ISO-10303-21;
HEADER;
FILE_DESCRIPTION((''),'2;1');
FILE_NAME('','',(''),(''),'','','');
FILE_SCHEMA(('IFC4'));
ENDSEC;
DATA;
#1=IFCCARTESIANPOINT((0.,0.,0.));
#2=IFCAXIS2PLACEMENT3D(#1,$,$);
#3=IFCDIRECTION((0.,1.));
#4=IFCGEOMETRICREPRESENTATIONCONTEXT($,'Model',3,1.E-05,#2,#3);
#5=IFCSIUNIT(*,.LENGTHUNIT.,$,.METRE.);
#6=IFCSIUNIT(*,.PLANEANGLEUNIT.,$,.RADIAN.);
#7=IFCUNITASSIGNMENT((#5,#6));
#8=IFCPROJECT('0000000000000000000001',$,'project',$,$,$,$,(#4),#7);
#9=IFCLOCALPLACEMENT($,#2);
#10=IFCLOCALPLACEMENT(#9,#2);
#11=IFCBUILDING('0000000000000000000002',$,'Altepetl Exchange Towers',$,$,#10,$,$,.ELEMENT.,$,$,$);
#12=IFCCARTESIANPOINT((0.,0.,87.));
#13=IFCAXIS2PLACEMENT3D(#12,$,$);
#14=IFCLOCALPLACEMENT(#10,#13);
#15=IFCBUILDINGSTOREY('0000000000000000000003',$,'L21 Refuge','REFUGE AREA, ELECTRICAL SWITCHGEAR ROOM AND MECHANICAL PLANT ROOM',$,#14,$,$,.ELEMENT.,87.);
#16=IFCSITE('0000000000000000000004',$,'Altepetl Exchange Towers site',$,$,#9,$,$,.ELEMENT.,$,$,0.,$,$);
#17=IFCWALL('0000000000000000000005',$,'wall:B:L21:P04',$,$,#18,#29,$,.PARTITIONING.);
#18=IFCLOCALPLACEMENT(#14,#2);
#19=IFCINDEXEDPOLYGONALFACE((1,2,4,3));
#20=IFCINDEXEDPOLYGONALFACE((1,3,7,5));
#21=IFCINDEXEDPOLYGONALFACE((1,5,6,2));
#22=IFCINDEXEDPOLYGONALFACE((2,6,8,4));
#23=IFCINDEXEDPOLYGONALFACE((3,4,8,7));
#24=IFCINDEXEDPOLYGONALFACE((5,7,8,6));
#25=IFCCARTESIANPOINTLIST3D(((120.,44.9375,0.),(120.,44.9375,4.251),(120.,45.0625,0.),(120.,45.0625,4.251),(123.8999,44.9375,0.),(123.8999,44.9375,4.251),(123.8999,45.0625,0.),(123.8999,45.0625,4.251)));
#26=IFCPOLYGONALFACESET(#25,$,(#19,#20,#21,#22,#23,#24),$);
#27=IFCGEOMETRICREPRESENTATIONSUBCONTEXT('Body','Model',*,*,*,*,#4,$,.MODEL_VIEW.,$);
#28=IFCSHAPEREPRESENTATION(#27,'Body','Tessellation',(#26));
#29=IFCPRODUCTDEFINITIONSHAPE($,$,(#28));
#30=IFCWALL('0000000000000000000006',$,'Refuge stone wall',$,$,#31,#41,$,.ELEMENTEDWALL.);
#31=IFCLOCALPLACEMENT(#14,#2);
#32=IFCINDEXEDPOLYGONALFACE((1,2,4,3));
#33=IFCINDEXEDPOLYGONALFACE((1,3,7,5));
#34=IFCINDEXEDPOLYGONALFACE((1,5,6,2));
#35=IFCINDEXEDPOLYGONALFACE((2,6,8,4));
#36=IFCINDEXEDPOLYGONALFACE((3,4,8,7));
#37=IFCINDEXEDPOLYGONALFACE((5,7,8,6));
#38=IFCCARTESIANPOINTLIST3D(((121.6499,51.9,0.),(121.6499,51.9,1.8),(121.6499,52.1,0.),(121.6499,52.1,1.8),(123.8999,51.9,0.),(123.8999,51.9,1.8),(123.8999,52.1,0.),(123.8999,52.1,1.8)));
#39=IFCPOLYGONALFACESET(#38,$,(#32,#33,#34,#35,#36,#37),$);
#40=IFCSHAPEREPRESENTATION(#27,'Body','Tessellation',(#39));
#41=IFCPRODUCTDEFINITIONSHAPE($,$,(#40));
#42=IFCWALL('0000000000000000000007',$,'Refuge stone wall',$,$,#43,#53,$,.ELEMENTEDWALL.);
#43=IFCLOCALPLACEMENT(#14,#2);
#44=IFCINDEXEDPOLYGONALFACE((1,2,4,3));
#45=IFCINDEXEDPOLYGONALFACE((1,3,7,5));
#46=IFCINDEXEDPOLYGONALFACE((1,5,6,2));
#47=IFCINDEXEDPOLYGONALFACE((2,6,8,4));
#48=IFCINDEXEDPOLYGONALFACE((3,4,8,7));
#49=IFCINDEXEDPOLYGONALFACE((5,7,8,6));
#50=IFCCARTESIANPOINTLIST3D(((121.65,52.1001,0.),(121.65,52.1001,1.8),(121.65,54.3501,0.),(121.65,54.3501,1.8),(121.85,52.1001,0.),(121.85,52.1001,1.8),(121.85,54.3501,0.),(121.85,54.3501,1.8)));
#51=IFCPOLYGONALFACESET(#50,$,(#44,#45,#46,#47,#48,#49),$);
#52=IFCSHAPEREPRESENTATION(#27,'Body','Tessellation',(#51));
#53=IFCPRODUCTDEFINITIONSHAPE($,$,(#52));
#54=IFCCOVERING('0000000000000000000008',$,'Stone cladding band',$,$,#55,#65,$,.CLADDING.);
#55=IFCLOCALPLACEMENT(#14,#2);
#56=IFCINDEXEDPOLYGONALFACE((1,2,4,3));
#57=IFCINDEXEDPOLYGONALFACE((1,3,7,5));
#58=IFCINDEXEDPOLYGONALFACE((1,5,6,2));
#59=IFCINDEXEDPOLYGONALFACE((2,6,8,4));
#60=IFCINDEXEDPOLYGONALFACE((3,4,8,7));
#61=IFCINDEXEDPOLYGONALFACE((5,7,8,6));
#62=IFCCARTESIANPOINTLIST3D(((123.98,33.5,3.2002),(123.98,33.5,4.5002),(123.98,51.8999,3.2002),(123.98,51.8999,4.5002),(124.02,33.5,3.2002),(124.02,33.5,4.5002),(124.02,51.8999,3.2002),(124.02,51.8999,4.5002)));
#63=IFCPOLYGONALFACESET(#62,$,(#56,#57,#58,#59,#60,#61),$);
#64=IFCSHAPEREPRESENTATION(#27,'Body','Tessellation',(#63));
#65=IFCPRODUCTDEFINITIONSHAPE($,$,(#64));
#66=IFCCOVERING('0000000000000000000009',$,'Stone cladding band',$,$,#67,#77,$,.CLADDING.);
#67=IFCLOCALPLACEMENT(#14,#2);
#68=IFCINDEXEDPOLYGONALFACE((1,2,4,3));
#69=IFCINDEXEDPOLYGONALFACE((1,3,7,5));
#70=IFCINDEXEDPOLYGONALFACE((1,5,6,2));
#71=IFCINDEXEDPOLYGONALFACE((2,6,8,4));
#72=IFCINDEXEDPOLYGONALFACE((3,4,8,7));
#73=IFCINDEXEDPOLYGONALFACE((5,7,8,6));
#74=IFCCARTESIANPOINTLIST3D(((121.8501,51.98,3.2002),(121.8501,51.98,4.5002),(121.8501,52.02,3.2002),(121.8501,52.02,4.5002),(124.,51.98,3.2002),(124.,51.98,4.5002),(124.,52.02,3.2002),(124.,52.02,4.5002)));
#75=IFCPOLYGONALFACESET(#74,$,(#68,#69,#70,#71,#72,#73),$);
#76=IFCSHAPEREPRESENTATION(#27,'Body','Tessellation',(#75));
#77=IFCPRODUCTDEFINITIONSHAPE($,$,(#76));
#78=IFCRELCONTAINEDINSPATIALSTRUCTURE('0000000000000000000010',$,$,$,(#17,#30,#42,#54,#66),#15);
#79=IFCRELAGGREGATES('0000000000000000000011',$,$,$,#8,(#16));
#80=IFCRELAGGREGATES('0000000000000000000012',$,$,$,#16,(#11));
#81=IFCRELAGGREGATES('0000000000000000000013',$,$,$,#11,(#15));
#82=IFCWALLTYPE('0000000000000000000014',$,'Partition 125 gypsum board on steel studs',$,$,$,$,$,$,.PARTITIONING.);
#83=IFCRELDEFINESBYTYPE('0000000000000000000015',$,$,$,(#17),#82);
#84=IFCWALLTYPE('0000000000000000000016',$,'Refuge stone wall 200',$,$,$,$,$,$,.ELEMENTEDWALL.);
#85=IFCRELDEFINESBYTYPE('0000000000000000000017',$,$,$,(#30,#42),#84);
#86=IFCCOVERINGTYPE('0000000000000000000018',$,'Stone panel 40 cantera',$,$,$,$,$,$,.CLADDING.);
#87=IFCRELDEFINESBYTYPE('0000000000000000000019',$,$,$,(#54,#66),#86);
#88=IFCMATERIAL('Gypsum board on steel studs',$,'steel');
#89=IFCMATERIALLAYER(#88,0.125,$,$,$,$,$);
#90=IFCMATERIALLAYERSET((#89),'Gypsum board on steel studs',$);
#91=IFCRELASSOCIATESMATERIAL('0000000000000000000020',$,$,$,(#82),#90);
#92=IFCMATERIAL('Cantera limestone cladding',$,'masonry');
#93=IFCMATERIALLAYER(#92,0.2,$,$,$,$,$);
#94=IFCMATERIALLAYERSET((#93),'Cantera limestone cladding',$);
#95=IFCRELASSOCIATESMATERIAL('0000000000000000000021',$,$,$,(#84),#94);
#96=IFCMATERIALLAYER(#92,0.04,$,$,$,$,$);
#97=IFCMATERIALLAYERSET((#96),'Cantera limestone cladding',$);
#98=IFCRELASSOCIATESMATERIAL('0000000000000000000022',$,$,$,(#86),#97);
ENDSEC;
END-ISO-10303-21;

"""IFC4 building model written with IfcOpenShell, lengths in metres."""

from ifc_helpers import new_model, si_unit, direction, frame, frame_2d, origin, origin_2d, place, context, subcontext, project, spatial, rectangle, extrude, material, layer, layer_set, type_object, element, save


model = new_model("IFC4")

# Units and contexts
model_context = context("Model", 3, precision=1e-05, world=origin(), true_north=direction((0.0, 1.0)))
body_context = subcontext(model_context, "Body", "Model", "MODEL_VIEW")
ifc_project = project(units=[si_unit("LENGTHUNIT", "METRE"), si_unit("PLANEANGLEUNIT", "RADIAN")], contexts=[model_context])

# Site, building, storey
site_placement = place(None, origin())
site = spatial("IfcSite", under=ifc_project, at=site_placement, Name="Altepetl Exchange Towers site", CompositionType="ELEMENT", RefElevation=0.0)
building_placement = place(site_placement, origin())
building = spatial("IfcBuilding", under=site, at=building_placement, Name="Altepetl Exchange Towers", CompositionType="ELEMENT")
storey_placement = place(building_placement, frame((0.0, 0.0, 87.0)))
storey = spatial("IfcBuildingStorey", under=building, at=storey_placement, Name="L21 Refuge", Description="REFUGE AREA, ELECTRICAL SWITCHGEAR ROOM AND MECHANICAL PLANT ROOM", CompositionType="ELEMENT", Elevation=87.0)

# Walls
ifc_material_1 = material(Name="Gypsum board on steel studs", Category="steel")
ifc_layer_1 = layer(ifc_material_1, 0.125)
ifc_layer_set_1 = layer_set([ifc_layer_1], Name="Gypsum board on steel studs")
wall_type_1 = type_object("IfcWallType", Name="Partition 125 gypsum board on steel studs", PredefinedType="PARTITIONING", material=ifc_layer_set_1)
wall_placement = place(storey_placement, frame((120.0, 45.0, 0.0)))
element("IfcWall", 1, at=wall_placement, inside=storey, type_object=wall_type_1, Name="wall:B:L21:P04", PredefinedType="PARTITIONING", context=body_context, shape_type="SweptSolid", body=[
    extrude(rectangle(XDim=3.8999, YDim=0.125, at=frame_2d((1.95, 0.0))), origin(), (0.0, 0.0, 1.0), 4.251),
])
ifc_material_2 = material(Name="Cantera limestone cladding", Category="masonry")
ifc_layer_2 = layer(ifc_material_2, 0.2)
ifc_layer_set_2 = layer_set([ifc_layer_2], Name="Cantera limestone cladding")
wall_type_2 = type_object("IfcWallType", Name="Refuge stone wall 200", PredefinedType="ELEMENTEDWALL", material=ifc_layer_set_2)
for number, where, z_axis, x_axis, name in (
    (2, (123.8999, 52.0, 0.0), (0.0, 0.0, 1.0), (-1.0, 0.0, 0.0), "Refuge stone wall"),
    (3, (121.75, 52.1001, 0.0), (0.0, 0.0, 1.0), (0.0, 1.0, 0.0), "Refuge stone wall"),
):
    element("IfcWall", number, at=place(storey_placement, frame(where, z_axis=z_axis, x_axis=x_axis)), inside=storey, type_object=wall_type_2, Name=name, PredefinedType="ELEMENTEDWALL", context=body_context, shape_type="SweptSolid", body=[
        extrude(rectangle(XDim=2.25, YDim=0.2, at=frame_2d((1.125, 0.0))), origin(), (0.0, 0.0, 1.0), 1.8),
    ])

# Coverings
ifc_layer_3 = layer(ifc_material_2, 0.04)
ifc_layer_set_3 = layer_set([ifc_layer_3], Name="Cantera limestone cladding")
covering_type = type_object("IfcCoveringType", Name="Stone panel 40 cantera", PredefinedType="CLADDING", material=ifc_layer_set_3)
covering_1_placement = place(storey_placement, frame((124.0, 42.7, 3.2002), z_axis=(0.0, 0.0, 1.0), x_axis=(0.0, 1.0, 0.0)))
element("IfcCovering", 4, at=covering_1_placement, inside=storey, type_object=covering_type, Name="Stone cladding band", PredefinedType="CLADDING", context=body_context, shape_type="SweptSolid", body=[
    extrude(rectangle(XDim=18.3999, YDim=0.04, at=origin_2d()), origin(), (0.0, 0.0, 1.0), 1.3),
])
covering_2_placement = place(storey_placement, frame((122.925, 52.0, 3.2002), z_axis=(0.0, 0.0, 1.0), x_axis=(-1.0, 0.0, 0.0)))
element("IfcCovering", 5, at=covering_2_placement, inside=storey, type_object=covering_type, Name="Stone cladding band", PredefinedType="CLADDING", context=body_context, shape_type="SweptSolid", body=[
    extrude(rectangle(XDim=2.1499, YDim=0.04, at=origin_2d()), origin(), (0.0, 0.0, 1.0), 1.3),
])

save(model, "model.ifc")
